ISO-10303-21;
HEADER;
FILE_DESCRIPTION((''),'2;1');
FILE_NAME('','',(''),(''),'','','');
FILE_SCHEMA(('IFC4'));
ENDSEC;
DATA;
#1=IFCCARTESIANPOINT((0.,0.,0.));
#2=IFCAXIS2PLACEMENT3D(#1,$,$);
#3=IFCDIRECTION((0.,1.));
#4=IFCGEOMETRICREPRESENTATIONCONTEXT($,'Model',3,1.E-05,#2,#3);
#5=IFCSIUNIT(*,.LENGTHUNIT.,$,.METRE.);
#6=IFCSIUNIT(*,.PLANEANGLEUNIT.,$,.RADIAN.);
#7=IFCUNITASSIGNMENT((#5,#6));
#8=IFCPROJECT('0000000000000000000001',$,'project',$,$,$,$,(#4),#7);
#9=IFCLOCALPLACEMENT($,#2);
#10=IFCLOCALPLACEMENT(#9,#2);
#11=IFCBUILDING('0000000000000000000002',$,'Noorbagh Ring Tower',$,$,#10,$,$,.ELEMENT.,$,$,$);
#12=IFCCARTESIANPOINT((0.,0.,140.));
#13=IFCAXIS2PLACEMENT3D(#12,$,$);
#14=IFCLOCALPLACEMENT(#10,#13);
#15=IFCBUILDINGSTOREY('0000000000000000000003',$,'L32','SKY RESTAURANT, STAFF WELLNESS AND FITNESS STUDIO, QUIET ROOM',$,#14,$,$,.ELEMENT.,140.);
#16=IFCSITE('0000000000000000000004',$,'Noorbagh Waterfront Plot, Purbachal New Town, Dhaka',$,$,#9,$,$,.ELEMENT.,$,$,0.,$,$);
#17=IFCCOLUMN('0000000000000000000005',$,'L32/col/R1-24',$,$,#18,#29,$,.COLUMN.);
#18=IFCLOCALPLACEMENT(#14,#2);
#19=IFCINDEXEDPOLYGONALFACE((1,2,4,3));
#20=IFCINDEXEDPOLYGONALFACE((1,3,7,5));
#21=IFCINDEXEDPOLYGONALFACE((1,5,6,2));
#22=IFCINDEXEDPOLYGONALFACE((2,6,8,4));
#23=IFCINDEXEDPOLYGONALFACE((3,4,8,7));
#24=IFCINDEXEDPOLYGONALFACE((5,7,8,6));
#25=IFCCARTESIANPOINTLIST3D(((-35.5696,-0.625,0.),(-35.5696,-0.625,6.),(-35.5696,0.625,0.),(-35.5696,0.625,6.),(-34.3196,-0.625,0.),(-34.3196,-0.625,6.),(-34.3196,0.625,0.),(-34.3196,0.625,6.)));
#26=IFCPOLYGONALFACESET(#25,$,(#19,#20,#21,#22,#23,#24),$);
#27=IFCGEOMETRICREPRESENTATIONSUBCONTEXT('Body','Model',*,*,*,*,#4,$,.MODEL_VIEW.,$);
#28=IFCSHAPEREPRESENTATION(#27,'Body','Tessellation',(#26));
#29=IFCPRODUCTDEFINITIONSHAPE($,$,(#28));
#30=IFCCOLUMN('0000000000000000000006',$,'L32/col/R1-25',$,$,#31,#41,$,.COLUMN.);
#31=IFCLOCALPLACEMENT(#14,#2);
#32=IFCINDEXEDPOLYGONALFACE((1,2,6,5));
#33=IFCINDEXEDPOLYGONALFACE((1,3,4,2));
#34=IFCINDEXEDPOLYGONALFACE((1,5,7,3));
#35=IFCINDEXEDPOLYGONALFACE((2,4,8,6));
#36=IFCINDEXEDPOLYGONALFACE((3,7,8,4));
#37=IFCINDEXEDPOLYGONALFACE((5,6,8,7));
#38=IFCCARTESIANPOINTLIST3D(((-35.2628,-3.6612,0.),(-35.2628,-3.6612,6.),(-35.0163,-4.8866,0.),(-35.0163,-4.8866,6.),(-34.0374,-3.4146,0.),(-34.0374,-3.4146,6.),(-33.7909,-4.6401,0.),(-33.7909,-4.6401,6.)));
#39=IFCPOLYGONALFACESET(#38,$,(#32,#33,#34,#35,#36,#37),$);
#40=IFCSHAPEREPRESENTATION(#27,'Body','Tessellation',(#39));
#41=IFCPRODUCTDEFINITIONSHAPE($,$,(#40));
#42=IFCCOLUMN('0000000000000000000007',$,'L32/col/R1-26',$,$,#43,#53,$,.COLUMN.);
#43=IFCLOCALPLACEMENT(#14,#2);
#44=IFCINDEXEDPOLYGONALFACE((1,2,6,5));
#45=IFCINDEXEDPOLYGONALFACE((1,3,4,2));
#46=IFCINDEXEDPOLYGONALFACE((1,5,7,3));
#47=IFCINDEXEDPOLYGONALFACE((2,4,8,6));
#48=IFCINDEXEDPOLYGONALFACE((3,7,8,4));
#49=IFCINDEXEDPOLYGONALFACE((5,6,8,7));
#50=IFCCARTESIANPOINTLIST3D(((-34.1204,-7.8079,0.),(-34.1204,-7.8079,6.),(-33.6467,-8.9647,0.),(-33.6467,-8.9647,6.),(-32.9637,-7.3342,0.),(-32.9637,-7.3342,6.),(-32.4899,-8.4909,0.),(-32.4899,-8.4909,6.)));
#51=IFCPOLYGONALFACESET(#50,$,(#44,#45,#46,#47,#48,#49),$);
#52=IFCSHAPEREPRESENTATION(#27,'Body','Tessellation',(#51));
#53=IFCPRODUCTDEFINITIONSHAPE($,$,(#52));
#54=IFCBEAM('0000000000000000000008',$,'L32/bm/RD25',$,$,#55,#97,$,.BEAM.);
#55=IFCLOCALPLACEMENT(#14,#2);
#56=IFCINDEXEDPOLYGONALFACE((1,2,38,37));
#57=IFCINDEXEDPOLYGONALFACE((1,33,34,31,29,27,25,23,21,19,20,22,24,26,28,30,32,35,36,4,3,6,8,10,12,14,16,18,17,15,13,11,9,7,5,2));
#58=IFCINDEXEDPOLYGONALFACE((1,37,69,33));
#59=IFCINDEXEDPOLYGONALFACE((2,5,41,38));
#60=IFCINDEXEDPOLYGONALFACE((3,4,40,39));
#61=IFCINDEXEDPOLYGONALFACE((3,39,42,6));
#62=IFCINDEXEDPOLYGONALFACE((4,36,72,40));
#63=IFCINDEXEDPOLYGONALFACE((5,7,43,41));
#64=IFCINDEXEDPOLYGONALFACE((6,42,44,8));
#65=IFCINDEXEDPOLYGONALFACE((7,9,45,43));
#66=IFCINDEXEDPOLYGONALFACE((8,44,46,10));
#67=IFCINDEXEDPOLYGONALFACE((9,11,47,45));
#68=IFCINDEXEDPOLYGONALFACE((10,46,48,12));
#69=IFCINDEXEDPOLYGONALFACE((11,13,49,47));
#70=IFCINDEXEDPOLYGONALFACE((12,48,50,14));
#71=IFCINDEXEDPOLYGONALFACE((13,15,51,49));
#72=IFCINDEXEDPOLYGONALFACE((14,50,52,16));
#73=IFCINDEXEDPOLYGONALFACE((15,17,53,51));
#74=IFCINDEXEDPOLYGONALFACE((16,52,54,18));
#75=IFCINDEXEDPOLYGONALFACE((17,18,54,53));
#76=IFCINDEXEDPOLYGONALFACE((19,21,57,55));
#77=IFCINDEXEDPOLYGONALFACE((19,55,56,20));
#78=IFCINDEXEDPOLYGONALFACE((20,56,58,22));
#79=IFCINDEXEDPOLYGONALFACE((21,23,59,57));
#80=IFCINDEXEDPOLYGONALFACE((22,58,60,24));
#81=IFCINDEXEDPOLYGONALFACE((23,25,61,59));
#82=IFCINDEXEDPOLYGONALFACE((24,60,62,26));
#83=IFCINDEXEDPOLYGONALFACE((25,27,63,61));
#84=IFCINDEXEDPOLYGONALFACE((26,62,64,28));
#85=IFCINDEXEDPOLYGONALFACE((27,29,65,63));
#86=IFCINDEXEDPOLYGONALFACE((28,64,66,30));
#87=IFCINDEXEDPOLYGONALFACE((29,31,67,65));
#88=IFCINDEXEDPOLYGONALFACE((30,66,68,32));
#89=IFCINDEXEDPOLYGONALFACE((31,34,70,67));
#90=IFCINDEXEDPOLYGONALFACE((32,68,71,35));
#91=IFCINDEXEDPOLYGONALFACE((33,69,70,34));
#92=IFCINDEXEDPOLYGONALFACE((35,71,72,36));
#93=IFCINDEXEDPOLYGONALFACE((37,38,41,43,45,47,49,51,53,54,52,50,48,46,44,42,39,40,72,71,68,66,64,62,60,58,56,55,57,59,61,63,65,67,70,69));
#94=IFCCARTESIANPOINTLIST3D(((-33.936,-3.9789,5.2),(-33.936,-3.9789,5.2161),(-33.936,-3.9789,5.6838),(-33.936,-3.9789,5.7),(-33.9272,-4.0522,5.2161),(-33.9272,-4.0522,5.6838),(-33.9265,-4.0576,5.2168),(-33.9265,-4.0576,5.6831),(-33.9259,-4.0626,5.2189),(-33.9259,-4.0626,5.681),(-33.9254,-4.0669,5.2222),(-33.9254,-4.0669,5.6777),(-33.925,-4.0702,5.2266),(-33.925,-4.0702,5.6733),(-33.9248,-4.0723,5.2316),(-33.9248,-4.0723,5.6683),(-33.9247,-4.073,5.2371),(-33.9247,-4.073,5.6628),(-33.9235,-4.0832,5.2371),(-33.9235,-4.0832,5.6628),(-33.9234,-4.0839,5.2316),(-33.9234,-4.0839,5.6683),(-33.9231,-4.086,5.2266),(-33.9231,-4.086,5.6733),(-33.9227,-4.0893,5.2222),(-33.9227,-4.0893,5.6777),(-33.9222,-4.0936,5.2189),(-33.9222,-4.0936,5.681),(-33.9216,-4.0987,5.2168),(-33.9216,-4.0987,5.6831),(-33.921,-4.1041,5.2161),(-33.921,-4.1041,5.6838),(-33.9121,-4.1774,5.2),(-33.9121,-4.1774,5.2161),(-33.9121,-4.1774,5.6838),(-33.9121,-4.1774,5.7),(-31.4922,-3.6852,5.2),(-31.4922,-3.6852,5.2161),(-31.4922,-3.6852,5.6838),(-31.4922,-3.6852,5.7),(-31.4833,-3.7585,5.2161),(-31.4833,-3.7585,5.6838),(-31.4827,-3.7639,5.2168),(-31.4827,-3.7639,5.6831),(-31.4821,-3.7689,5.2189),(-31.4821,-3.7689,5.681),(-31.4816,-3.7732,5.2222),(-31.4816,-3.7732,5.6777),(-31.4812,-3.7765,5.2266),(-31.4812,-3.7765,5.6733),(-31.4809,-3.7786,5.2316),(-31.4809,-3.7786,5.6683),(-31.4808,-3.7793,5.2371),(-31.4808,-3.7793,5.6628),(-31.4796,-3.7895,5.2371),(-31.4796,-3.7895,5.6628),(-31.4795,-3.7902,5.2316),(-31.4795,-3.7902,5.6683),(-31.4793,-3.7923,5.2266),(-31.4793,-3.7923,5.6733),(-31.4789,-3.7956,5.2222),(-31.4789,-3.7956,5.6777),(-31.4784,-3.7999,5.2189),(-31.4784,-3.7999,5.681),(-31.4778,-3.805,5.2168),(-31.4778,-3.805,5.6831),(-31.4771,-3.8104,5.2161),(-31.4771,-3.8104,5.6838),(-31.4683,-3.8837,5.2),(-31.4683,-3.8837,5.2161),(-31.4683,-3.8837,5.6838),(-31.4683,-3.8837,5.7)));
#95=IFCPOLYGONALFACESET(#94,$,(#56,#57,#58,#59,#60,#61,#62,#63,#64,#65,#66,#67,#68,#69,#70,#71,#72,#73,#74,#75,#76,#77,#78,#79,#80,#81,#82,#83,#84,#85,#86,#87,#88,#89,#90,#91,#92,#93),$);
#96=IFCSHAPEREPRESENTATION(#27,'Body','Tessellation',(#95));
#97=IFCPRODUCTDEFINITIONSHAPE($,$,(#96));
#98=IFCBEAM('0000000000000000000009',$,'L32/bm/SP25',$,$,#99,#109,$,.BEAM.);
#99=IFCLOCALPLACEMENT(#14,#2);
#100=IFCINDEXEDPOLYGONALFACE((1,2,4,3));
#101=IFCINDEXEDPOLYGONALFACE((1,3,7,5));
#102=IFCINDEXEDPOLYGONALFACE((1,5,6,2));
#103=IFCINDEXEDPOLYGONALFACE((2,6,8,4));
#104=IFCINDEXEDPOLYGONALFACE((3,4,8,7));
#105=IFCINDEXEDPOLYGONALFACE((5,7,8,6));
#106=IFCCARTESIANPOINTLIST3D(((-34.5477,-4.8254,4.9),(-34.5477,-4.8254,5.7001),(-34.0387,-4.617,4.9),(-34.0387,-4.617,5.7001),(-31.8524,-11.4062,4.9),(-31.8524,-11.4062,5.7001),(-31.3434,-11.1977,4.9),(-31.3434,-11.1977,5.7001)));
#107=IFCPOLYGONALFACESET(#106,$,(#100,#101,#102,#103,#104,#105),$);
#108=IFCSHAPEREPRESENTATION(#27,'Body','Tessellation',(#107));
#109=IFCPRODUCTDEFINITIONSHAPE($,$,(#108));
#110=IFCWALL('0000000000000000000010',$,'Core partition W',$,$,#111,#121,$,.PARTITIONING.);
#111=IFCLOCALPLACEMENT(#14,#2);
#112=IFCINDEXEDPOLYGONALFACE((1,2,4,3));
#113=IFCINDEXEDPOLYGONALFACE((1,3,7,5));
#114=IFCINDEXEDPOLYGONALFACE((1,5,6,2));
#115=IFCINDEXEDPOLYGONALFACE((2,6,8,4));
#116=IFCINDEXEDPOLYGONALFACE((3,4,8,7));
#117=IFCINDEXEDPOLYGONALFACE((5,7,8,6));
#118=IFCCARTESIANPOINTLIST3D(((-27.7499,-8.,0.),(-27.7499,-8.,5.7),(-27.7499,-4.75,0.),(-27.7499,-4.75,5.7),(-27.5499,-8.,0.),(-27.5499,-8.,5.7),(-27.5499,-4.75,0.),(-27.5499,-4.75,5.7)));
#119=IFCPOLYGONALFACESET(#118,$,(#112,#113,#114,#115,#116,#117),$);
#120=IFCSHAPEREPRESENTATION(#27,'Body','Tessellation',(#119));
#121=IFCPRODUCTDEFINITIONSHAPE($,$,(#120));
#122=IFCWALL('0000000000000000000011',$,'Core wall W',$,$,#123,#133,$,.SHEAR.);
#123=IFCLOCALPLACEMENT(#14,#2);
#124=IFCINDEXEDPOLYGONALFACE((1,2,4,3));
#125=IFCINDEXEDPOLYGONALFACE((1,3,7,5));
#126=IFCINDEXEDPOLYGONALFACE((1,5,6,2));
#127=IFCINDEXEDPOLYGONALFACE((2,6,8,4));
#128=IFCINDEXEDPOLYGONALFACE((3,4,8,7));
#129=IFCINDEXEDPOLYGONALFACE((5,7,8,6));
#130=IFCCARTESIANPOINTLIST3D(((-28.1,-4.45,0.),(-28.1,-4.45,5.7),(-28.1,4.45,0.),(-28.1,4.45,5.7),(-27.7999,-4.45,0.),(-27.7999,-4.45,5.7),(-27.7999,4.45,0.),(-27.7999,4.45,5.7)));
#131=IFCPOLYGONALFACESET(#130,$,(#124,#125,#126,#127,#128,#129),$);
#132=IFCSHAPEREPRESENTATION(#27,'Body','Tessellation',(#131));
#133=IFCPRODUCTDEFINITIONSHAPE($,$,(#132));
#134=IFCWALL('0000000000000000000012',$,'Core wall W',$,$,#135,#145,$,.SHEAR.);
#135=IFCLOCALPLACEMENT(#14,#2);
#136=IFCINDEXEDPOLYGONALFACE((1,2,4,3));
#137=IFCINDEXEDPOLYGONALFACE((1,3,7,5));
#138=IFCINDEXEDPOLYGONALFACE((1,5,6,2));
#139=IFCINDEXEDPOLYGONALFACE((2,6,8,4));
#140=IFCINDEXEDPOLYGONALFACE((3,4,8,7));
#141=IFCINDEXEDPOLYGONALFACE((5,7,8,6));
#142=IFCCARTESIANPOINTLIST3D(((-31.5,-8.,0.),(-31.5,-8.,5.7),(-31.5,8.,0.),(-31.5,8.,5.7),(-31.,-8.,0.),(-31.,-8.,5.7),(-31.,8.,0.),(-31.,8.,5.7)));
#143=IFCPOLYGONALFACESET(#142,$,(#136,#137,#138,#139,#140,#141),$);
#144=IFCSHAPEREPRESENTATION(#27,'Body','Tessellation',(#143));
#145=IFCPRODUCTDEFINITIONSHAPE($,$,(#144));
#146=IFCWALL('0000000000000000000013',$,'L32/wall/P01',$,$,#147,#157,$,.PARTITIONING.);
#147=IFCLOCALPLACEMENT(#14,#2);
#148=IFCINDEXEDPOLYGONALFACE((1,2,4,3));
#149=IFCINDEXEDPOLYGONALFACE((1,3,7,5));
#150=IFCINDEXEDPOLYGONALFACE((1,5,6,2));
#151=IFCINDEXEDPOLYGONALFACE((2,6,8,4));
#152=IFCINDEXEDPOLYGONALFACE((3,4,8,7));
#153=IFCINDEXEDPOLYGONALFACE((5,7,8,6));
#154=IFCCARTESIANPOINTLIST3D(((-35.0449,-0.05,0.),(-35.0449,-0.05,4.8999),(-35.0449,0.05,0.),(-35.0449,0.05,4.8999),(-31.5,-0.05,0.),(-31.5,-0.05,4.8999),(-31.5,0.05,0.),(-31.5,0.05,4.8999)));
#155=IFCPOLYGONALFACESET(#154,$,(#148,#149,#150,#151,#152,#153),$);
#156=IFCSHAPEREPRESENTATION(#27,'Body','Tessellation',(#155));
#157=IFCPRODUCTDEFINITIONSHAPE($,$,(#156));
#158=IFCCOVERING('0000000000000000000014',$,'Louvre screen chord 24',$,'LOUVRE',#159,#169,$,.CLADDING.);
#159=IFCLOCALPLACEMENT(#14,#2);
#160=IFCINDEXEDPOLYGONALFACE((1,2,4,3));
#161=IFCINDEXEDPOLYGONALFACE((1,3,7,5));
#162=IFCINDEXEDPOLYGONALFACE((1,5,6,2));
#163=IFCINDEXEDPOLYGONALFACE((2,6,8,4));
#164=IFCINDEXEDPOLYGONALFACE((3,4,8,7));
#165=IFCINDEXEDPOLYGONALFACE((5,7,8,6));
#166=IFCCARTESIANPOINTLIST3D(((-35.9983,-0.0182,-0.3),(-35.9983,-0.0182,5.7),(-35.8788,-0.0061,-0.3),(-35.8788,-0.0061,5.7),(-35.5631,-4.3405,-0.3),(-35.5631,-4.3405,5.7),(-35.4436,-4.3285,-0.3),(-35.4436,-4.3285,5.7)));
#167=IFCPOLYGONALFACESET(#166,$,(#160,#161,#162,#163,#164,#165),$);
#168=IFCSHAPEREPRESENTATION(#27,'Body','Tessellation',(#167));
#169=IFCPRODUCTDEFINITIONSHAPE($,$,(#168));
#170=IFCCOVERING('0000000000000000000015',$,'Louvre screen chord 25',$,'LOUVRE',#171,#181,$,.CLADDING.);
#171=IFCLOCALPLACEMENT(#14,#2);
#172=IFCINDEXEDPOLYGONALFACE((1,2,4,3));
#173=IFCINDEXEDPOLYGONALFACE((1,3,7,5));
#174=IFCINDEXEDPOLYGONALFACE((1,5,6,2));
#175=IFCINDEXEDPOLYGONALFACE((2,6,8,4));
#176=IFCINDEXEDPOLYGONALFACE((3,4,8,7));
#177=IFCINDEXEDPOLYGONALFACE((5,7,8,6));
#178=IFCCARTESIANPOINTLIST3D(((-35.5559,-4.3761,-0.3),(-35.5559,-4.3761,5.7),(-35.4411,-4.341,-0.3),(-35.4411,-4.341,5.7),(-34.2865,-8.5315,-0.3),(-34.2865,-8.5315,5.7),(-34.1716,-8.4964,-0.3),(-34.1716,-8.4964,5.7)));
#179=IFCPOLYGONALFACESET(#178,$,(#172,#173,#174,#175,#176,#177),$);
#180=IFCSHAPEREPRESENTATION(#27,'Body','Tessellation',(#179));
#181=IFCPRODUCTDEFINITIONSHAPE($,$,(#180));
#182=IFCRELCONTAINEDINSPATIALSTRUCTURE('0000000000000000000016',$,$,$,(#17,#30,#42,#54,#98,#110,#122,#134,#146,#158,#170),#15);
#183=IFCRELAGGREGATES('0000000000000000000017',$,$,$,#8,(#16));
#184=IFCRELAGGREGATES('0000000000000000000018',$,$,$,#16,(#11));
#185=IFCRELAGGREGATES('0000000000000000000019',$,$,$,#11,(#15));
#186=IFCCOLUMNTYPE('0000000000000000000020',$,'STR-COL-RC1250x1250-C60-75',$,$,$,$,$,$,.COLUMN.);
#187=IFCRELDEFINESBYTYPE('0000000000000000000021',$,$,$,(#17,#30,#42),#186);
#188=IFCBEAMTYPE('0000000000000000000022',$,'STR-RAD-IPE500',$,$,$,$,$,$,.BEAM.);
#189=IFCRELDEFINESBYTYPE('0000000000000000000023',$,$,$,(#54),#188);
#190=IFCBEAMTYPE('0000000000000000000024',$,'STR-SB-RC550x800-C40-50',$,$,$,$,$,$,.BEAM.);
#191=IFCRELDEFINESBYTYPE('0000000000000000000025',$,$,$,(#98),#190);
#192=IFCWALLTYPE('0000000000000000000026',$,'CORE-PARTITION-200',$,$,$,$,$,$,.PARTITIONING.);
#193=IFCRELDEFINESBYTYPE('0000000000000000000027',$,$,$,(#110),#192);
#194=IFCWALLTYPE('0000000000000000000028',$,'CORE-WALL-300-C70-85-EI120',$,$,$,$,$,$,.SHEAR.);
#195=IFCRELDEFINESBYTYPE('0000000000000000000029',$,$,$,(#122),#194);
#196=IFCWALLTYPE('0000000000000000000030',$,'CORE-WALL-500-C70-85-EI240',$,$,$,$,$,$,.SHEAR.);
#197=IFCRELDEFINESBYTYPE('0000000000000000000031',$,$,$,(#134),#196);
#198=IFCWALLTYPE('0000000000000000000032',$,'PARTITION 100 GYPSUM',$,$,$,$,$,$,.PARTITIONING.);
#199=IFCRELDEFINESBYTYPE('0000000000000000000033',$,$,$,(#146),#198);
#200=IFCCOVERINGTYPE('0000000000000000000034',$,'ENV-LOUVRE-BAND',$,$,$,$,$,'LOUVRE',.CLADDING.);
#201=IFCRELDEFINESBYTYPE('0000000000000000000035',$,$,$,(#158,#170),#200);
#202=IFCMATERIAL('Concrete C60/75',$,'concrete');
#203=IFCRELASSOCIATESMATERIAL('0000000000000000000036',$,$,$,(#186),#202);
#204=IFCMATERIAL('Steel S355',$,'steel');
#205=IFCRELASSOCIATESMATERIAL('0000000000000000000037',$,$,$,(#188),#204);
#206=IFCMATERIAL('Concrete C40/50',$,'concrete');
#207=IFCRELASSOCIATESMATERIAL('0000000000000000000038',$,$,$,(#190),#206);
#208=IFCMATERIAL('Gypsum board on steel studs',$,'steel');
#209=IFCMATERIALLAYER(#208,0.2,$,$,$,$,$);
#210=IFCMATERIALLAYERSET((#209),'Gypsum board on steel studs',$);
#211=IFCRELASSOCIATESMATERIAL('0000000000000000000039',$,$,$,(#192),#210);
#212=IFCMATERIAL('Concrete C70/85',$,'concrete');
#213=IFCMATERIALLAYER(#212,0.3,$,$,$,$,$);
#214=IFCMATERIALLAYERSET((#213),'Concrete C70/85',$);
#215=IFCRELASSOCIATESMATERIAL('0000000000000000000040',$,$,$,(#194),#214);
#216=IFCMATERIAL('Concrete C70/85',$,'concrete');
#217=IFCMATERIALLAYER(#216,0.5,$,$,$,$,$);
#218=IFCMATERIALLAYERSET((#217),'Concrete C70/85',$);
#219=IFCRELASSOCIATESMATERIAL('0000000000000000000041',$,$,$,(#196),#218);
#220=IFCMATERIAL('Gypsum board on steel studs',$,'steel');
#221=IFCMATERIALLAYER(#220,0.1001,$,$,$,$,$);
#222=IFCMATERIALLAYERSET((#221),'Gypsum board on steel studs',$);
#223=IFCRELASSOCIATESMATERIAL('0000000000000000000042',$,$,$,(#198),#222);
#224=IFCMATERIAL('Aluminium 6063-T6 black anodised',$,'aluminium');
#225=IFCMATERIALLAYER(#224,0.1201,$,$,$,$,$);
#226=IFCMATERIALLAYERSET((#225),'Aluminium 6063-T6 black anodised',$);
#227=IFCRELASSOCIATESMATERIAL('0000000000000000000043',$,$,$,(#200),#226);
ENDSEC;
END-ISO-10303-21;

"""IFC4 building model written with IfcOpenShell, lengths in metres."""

from ifc_helpers import new_model, si_unit, direction, frame, frame_2d, origin, origin_2d, place, context, subcontext, project, spatial, rectangle, i_section, extrude, material, layer, layer_set, material_profile, profile_set, type_object, element, save


model = new_model("IFC4")

# Units and contexts
model_context = context("Model", 3, precision=1e-05, world=origin(), true_north=direction((0.0, 1.0)))
body_context = subcontext(model_context, "Body", "Model", "MODEL_VIEW")
ifc_project = project(units=[si_unit("LENGTHUNIT", "METRE"), si_unit("PLANEANGLEUNIT", "RADIAN")], contexts=[model_context])

# Site, building, storey
site_placement = place(None, origin())
site = spatial("IfcSite", under=ifc_project, at=site_placement, Name="Noorbagh Waterfront Plot, Purbachal New Town, Dhaka", CompositionType="ELEMENT", RefElevation=0.0)
building_placement = place(site_placement, origin())
building = spatial("IfcBuilding", under=site, at=building_placement, Name="Noorbagh Ring Tower", CompositionType="ELEMENT")
storey_placement = place(building_placement, frame((0.0, 0.0, 140.0)))
storey = spatial("IfcBuildingStorey", under=building, at=storey_placement, Name="L32", Description="SKY RESTAURANT, STAFF WELLNESS AND FITNESS STUDIO, QUIET ROOM", CompositionType="ELEMENT", Elevation=140.0)

# Columns
ifc_material_1 = material(Name="Concrete C60/75", Category="concrete")
ifc_material_profile_1 = material_profile(ifc_material_1, rectangle(XDim=1.25, YDim=1.25, at=origin_2d()), Name="RC1250x1250")
ifc_profile_set_1 = profile_set([ifc_material_profile_1], Name="Concrete C60/75")
column_type = type_object("IfcColumnType", Name="STR-COL-RC1250x1250-C60-75", PredefinedType="COLUMN", material=ifc_profile_set_1)
for number, where, z_axis, x_axis, name in (
    (1, (-34.9446, 0.0, 0.0), (0.0, 0.0, 1.0), (0.0, -1.0, 0.0), "L32/col/R1-24"),
    (2, (-34.5269, -4.1506, 0.0), (0.0, 0.0, 1.0), (0.19723, -0.980357, 0.0), "L32/col/R1-25"),
    (3, (-33.3052, -8.1494, 0.0), (0.0, 0.0, 1.0), (0.378989, -0.925401, 0.0), "L32/col/R1-26"),
):
    element("IfcColumn", number, at=place(storey_placement, frame(where, z_axis=z_axis, x_axis=x_axis)), inside=storey, type_object=column_type, Name=name, PredefinedType="COLUMN", context=body_context, shape_type="SweptSolid", body=[
        extrude(rectangle(XDim=1.25, YDim=1.25, at=origin_2d()), origin(), (0.0, 0.0, 1.0), 6.0),
    ])

# Beams
ifc_material_2 = material(Name="Steel S355", Category="steel")
ifc_material_profile_2 = material_profile(ifc_material_2, i_section(OverallWidth=0.2, OverallDepth=0.5, WebThickness=0.0103, FlangeThickness=0.0161, FilletRadius=0.021, at=origin_2d()), Name="IPE500")
ifc_profile_set_2 = profile_set([ifc_material_profile_2], Name="Steel S355")
beam_type_1 = type_object("IfcBeamType", Name="STR-RAD-IPE500", PredefinedType="BEAM", material=ifc_profile_set_2)
beam_1_placement = place(storey_placement, frame((-33.9241, -4.0781, 5.45), z_axis=(0.992856, 0.119321, 0.0), x_axis=(-0.119321, 0.992856, 0.0)))
element("IfcBeam", 4, at=beam_1_placement, inside=storey, type_object=beam_type_1, Name="L32/bm/RD25", PredefinedType="BEAM", context=body_context, shape_type="SweptSolid", body=[
    extrude(i_section(OverallWidth=0.2, OverallDepth=0.5, WebThickness=0.0103, FlangeThickness=0.0161, FilletRadius=0.021, at=origin_2d()), origin(), (0.0, 0.0, 1.0), 2.4614),
])
ifc_material_3 = material(Name="Concrete C40/50", Category="concrete")
ifc_material_profile_3 = material_profile(ifc_material_3, rectangle(XDim=0.55, YDim=0.8, at=origin_2d()), Name="RC550x800")
ifc_profile_set_3 = profile_set([ifc_material_profile_3], Name="Concrete C40/50")
beam_type_2 = type_object("IfcBeamType", Name="STR-SB-RC550x800-C40-50", PredefinedType="BEAM", material=ifc_profile_set_3)
beam_2_placement = place(storey_placement, frame((-34.2932, -4.7212, 5.3), z_axis=(0.379014, -0.925391, 0.0), x_axis=(0.925391, 0.379014, 0.0)))
element("IfcBeam", 5, at=beam_2_placement, inside=storey, type_object=beam_type_2, Name="L32/bm/SP25", PredefinedType="BEAM", context=body_context, shape_type="SweptSolid", body=[
    extrude(rectangle(XDim=0.55, YDim=0.8, at=origin_2d()), origin(), (0.0, 0.0, 1.0), 7.1113),
])

# Walls
ifc_material_4 = material(Name="Gypsum board on steel studs", Category="steel")
ifc_layer_1 = layer(ifc_material_4, 0.2)
ifc_layer_set_1 = layer_set([ifc_layer_1], Name="Gypsum board on steel studs")
wall_type_1 = type_object("IfcWallType", Name="CORE-PARTITION-200", PredefinedType="PARTITIONING", material=ifc_layer_set_1)
wall_1_placement = place(storey_placement, frame((-27.6499, -8.0, 0.0), z_axis=(0.0, 0.0, 1.0), x_axis=(0.0, 1.0, 0.0)))
element("IfcWall", 6, at=wall_1_placement, inside=storey, type_object=wall_type_1, Name="Core partition W", PredefinedType="PARTITIONING", context=body_context, shape_type="SweptSolid", body=[
    extrude(rectangle(XDim=3.25, YDim=0.2, at=frame_2d((1.625, 0.0))), origin(), (0.0, 0.0, 1.0), 5.7),
])
ifc_material_5 = material(Name="Concrete C70/85", Category="concrete")
ifc_layer_2 = layer(ifc_material_5, 0.3)
ifc_layer_set_2 = layer_set([ifc_layer_2], Name="Concrete C70/85")
wall_type_2 = type_object("IfcWallType", Name="CORE-WALL-300-C70-85-EI120", PredefinedType="SHEAR", material=ifc_layer_set_2)
wall_2_placement = place(storey_placement, frame((-27.95, -4.45, 0.0), z_axis=(0.0, 0.0, 1.0), x_axis=(0.0, 1.0, 0.0)))
element("IfcWall", 7, at=wall_2_placement, inside=storey, type_object=wall_type_2, Name="Core wall W", PredefinedType="SHEAR", context=body_context, shape_type="SweptSolid", body=[
    extrude(rectangle(XDim=8.8999, YDim=0.3, at=frame_2d((4.45, 0.0))), origin(), (0.0, 0.0, 1.0), 5.7),
])
ifc_material_6 = material(Name="Concrete C70/85", Category="concrete")
ifc_layer_3 = layer(ifc_material_6, 0.5)
ifc_layer_set_3 = layer_set([ifc_layer_3], Name="Concrete C70/85")
wall_type_3 = type_object("IfcWallType", Name="CORE-WALL-500-C70-85-EI240", PredefinedType="SHEAR", material=ifc_layer_set_3)
wall_3_placement = place(storey_placement, frame((-31.25, -8.0, 0.0), z_axis=(0.0, 0.0, 1.0), x_axis=(0.0, 1.0, 0.0)))
element("IfcWall", 8, at=wall_3_placement, inside=storey, type_object=wall_type_3, Name="Core wall W", PredefinedType="SHEAR", context=body_context, shape_type="SweptSolid", body=[
    extrude(rectangle(XDim=16.0, YDim=0.5, at=frame_2d((8.0, 0.0))), origin(), (0.0, 0.0, 1.0), 5.7),
])
ifc_material_7 = material(Name="Gypsum board on steel studs", Category="steel")
ifc_layer_4 = layer(ifc_material_7, 0.1001)
ifc_layer_set_4 = layer_set([ifc_layer_4], Name="Gypsum board on steel studs")
wall_type_4 = type_object("IfcWallType", Name="PARTITION 100 GYPSUM", PredefinedType="PARTITIONING", material=ifc_layer_set_4)
wall_4_placement = place(storey_placement, frame((-35.0449, 0.0, 0.0), z_axis=(0.0, 0.0, 1.0), x_axis=(1.0, 0.0, 0.0)))
element("IfcWall", 9, at=wall_4_placement, inside=storey, type_object=wall_type_4, Name="L32/wall/P01", PredefinedType="PARTITIONING", context=body_context, shape_type="SweptSolid", body=[
    extrude(rectangle(XDim=3.5449, YDim=0.1001, at=frame_2d((1.7725, 0.0))), origin(), (0.0, 0.0, 1.0), 4.8999),
])

# Coverings
ifc_material_8 = material(Name="Aluminium 6063-T6 black anodised", Category="aluminium")
ifc_layer_5 = layer(ifc_material_8, 0.1201)
ifc_layer_set_5 = layer_set([ifc_layer_5], Name="Aluminium 6063-T6 black anodised")
covering_type_1 = type_object("IfcCoveringType", Name="ENV-LOUVRE-BAND", ElementType="LOUVRE", PredefinedType="CLADDING", material=ifc_layer_set_5)
covering_1_placement = place(storey_placement, frame((-35.7209, -2.1733, -0.3), z_axis=(0.0, 0.0, 1.0), x_axis=(0.100178, -0.99497, 0.0)))
element("IfcCovering", 10, at=covering_1_placement, inside=storey, type_object=covering_type_1, Name="Louvre screen chord 24", ObjectType="LOUVRE", PredefinedType="CLADDING", context=body_context, shape_type="SweptSolid", body=[
    extrude(rectangle(XDim=4.3442, YDim=0.1201, at=origin_2d()), origin(), (0.0, 0.0, 1.0), 6.0),
])
covering_2_placement = place(storey_placement, frame((-34.8638, -6.4363, -0.3), z_axis=(0.0, 0.0, 1.0), x_axis=(0.29217, -0.956366, 0.0)))
element("IfcCovering", 11, at=covering_2_placement, inside=storey, type_object=covering_type_1, Name="Louvre screen chord 25", ObjectType="LOUVRE", PredefinedType="CLADDING", context=body_context, shape_type="SweptSolid", body=[
    extrude(rectangle(XDim=4.345, YDim=0.1201, at=origin_2d()), origin(), (0.0, 0.0, 1.0), 6.0),
])

save(model, "model.ifc")
